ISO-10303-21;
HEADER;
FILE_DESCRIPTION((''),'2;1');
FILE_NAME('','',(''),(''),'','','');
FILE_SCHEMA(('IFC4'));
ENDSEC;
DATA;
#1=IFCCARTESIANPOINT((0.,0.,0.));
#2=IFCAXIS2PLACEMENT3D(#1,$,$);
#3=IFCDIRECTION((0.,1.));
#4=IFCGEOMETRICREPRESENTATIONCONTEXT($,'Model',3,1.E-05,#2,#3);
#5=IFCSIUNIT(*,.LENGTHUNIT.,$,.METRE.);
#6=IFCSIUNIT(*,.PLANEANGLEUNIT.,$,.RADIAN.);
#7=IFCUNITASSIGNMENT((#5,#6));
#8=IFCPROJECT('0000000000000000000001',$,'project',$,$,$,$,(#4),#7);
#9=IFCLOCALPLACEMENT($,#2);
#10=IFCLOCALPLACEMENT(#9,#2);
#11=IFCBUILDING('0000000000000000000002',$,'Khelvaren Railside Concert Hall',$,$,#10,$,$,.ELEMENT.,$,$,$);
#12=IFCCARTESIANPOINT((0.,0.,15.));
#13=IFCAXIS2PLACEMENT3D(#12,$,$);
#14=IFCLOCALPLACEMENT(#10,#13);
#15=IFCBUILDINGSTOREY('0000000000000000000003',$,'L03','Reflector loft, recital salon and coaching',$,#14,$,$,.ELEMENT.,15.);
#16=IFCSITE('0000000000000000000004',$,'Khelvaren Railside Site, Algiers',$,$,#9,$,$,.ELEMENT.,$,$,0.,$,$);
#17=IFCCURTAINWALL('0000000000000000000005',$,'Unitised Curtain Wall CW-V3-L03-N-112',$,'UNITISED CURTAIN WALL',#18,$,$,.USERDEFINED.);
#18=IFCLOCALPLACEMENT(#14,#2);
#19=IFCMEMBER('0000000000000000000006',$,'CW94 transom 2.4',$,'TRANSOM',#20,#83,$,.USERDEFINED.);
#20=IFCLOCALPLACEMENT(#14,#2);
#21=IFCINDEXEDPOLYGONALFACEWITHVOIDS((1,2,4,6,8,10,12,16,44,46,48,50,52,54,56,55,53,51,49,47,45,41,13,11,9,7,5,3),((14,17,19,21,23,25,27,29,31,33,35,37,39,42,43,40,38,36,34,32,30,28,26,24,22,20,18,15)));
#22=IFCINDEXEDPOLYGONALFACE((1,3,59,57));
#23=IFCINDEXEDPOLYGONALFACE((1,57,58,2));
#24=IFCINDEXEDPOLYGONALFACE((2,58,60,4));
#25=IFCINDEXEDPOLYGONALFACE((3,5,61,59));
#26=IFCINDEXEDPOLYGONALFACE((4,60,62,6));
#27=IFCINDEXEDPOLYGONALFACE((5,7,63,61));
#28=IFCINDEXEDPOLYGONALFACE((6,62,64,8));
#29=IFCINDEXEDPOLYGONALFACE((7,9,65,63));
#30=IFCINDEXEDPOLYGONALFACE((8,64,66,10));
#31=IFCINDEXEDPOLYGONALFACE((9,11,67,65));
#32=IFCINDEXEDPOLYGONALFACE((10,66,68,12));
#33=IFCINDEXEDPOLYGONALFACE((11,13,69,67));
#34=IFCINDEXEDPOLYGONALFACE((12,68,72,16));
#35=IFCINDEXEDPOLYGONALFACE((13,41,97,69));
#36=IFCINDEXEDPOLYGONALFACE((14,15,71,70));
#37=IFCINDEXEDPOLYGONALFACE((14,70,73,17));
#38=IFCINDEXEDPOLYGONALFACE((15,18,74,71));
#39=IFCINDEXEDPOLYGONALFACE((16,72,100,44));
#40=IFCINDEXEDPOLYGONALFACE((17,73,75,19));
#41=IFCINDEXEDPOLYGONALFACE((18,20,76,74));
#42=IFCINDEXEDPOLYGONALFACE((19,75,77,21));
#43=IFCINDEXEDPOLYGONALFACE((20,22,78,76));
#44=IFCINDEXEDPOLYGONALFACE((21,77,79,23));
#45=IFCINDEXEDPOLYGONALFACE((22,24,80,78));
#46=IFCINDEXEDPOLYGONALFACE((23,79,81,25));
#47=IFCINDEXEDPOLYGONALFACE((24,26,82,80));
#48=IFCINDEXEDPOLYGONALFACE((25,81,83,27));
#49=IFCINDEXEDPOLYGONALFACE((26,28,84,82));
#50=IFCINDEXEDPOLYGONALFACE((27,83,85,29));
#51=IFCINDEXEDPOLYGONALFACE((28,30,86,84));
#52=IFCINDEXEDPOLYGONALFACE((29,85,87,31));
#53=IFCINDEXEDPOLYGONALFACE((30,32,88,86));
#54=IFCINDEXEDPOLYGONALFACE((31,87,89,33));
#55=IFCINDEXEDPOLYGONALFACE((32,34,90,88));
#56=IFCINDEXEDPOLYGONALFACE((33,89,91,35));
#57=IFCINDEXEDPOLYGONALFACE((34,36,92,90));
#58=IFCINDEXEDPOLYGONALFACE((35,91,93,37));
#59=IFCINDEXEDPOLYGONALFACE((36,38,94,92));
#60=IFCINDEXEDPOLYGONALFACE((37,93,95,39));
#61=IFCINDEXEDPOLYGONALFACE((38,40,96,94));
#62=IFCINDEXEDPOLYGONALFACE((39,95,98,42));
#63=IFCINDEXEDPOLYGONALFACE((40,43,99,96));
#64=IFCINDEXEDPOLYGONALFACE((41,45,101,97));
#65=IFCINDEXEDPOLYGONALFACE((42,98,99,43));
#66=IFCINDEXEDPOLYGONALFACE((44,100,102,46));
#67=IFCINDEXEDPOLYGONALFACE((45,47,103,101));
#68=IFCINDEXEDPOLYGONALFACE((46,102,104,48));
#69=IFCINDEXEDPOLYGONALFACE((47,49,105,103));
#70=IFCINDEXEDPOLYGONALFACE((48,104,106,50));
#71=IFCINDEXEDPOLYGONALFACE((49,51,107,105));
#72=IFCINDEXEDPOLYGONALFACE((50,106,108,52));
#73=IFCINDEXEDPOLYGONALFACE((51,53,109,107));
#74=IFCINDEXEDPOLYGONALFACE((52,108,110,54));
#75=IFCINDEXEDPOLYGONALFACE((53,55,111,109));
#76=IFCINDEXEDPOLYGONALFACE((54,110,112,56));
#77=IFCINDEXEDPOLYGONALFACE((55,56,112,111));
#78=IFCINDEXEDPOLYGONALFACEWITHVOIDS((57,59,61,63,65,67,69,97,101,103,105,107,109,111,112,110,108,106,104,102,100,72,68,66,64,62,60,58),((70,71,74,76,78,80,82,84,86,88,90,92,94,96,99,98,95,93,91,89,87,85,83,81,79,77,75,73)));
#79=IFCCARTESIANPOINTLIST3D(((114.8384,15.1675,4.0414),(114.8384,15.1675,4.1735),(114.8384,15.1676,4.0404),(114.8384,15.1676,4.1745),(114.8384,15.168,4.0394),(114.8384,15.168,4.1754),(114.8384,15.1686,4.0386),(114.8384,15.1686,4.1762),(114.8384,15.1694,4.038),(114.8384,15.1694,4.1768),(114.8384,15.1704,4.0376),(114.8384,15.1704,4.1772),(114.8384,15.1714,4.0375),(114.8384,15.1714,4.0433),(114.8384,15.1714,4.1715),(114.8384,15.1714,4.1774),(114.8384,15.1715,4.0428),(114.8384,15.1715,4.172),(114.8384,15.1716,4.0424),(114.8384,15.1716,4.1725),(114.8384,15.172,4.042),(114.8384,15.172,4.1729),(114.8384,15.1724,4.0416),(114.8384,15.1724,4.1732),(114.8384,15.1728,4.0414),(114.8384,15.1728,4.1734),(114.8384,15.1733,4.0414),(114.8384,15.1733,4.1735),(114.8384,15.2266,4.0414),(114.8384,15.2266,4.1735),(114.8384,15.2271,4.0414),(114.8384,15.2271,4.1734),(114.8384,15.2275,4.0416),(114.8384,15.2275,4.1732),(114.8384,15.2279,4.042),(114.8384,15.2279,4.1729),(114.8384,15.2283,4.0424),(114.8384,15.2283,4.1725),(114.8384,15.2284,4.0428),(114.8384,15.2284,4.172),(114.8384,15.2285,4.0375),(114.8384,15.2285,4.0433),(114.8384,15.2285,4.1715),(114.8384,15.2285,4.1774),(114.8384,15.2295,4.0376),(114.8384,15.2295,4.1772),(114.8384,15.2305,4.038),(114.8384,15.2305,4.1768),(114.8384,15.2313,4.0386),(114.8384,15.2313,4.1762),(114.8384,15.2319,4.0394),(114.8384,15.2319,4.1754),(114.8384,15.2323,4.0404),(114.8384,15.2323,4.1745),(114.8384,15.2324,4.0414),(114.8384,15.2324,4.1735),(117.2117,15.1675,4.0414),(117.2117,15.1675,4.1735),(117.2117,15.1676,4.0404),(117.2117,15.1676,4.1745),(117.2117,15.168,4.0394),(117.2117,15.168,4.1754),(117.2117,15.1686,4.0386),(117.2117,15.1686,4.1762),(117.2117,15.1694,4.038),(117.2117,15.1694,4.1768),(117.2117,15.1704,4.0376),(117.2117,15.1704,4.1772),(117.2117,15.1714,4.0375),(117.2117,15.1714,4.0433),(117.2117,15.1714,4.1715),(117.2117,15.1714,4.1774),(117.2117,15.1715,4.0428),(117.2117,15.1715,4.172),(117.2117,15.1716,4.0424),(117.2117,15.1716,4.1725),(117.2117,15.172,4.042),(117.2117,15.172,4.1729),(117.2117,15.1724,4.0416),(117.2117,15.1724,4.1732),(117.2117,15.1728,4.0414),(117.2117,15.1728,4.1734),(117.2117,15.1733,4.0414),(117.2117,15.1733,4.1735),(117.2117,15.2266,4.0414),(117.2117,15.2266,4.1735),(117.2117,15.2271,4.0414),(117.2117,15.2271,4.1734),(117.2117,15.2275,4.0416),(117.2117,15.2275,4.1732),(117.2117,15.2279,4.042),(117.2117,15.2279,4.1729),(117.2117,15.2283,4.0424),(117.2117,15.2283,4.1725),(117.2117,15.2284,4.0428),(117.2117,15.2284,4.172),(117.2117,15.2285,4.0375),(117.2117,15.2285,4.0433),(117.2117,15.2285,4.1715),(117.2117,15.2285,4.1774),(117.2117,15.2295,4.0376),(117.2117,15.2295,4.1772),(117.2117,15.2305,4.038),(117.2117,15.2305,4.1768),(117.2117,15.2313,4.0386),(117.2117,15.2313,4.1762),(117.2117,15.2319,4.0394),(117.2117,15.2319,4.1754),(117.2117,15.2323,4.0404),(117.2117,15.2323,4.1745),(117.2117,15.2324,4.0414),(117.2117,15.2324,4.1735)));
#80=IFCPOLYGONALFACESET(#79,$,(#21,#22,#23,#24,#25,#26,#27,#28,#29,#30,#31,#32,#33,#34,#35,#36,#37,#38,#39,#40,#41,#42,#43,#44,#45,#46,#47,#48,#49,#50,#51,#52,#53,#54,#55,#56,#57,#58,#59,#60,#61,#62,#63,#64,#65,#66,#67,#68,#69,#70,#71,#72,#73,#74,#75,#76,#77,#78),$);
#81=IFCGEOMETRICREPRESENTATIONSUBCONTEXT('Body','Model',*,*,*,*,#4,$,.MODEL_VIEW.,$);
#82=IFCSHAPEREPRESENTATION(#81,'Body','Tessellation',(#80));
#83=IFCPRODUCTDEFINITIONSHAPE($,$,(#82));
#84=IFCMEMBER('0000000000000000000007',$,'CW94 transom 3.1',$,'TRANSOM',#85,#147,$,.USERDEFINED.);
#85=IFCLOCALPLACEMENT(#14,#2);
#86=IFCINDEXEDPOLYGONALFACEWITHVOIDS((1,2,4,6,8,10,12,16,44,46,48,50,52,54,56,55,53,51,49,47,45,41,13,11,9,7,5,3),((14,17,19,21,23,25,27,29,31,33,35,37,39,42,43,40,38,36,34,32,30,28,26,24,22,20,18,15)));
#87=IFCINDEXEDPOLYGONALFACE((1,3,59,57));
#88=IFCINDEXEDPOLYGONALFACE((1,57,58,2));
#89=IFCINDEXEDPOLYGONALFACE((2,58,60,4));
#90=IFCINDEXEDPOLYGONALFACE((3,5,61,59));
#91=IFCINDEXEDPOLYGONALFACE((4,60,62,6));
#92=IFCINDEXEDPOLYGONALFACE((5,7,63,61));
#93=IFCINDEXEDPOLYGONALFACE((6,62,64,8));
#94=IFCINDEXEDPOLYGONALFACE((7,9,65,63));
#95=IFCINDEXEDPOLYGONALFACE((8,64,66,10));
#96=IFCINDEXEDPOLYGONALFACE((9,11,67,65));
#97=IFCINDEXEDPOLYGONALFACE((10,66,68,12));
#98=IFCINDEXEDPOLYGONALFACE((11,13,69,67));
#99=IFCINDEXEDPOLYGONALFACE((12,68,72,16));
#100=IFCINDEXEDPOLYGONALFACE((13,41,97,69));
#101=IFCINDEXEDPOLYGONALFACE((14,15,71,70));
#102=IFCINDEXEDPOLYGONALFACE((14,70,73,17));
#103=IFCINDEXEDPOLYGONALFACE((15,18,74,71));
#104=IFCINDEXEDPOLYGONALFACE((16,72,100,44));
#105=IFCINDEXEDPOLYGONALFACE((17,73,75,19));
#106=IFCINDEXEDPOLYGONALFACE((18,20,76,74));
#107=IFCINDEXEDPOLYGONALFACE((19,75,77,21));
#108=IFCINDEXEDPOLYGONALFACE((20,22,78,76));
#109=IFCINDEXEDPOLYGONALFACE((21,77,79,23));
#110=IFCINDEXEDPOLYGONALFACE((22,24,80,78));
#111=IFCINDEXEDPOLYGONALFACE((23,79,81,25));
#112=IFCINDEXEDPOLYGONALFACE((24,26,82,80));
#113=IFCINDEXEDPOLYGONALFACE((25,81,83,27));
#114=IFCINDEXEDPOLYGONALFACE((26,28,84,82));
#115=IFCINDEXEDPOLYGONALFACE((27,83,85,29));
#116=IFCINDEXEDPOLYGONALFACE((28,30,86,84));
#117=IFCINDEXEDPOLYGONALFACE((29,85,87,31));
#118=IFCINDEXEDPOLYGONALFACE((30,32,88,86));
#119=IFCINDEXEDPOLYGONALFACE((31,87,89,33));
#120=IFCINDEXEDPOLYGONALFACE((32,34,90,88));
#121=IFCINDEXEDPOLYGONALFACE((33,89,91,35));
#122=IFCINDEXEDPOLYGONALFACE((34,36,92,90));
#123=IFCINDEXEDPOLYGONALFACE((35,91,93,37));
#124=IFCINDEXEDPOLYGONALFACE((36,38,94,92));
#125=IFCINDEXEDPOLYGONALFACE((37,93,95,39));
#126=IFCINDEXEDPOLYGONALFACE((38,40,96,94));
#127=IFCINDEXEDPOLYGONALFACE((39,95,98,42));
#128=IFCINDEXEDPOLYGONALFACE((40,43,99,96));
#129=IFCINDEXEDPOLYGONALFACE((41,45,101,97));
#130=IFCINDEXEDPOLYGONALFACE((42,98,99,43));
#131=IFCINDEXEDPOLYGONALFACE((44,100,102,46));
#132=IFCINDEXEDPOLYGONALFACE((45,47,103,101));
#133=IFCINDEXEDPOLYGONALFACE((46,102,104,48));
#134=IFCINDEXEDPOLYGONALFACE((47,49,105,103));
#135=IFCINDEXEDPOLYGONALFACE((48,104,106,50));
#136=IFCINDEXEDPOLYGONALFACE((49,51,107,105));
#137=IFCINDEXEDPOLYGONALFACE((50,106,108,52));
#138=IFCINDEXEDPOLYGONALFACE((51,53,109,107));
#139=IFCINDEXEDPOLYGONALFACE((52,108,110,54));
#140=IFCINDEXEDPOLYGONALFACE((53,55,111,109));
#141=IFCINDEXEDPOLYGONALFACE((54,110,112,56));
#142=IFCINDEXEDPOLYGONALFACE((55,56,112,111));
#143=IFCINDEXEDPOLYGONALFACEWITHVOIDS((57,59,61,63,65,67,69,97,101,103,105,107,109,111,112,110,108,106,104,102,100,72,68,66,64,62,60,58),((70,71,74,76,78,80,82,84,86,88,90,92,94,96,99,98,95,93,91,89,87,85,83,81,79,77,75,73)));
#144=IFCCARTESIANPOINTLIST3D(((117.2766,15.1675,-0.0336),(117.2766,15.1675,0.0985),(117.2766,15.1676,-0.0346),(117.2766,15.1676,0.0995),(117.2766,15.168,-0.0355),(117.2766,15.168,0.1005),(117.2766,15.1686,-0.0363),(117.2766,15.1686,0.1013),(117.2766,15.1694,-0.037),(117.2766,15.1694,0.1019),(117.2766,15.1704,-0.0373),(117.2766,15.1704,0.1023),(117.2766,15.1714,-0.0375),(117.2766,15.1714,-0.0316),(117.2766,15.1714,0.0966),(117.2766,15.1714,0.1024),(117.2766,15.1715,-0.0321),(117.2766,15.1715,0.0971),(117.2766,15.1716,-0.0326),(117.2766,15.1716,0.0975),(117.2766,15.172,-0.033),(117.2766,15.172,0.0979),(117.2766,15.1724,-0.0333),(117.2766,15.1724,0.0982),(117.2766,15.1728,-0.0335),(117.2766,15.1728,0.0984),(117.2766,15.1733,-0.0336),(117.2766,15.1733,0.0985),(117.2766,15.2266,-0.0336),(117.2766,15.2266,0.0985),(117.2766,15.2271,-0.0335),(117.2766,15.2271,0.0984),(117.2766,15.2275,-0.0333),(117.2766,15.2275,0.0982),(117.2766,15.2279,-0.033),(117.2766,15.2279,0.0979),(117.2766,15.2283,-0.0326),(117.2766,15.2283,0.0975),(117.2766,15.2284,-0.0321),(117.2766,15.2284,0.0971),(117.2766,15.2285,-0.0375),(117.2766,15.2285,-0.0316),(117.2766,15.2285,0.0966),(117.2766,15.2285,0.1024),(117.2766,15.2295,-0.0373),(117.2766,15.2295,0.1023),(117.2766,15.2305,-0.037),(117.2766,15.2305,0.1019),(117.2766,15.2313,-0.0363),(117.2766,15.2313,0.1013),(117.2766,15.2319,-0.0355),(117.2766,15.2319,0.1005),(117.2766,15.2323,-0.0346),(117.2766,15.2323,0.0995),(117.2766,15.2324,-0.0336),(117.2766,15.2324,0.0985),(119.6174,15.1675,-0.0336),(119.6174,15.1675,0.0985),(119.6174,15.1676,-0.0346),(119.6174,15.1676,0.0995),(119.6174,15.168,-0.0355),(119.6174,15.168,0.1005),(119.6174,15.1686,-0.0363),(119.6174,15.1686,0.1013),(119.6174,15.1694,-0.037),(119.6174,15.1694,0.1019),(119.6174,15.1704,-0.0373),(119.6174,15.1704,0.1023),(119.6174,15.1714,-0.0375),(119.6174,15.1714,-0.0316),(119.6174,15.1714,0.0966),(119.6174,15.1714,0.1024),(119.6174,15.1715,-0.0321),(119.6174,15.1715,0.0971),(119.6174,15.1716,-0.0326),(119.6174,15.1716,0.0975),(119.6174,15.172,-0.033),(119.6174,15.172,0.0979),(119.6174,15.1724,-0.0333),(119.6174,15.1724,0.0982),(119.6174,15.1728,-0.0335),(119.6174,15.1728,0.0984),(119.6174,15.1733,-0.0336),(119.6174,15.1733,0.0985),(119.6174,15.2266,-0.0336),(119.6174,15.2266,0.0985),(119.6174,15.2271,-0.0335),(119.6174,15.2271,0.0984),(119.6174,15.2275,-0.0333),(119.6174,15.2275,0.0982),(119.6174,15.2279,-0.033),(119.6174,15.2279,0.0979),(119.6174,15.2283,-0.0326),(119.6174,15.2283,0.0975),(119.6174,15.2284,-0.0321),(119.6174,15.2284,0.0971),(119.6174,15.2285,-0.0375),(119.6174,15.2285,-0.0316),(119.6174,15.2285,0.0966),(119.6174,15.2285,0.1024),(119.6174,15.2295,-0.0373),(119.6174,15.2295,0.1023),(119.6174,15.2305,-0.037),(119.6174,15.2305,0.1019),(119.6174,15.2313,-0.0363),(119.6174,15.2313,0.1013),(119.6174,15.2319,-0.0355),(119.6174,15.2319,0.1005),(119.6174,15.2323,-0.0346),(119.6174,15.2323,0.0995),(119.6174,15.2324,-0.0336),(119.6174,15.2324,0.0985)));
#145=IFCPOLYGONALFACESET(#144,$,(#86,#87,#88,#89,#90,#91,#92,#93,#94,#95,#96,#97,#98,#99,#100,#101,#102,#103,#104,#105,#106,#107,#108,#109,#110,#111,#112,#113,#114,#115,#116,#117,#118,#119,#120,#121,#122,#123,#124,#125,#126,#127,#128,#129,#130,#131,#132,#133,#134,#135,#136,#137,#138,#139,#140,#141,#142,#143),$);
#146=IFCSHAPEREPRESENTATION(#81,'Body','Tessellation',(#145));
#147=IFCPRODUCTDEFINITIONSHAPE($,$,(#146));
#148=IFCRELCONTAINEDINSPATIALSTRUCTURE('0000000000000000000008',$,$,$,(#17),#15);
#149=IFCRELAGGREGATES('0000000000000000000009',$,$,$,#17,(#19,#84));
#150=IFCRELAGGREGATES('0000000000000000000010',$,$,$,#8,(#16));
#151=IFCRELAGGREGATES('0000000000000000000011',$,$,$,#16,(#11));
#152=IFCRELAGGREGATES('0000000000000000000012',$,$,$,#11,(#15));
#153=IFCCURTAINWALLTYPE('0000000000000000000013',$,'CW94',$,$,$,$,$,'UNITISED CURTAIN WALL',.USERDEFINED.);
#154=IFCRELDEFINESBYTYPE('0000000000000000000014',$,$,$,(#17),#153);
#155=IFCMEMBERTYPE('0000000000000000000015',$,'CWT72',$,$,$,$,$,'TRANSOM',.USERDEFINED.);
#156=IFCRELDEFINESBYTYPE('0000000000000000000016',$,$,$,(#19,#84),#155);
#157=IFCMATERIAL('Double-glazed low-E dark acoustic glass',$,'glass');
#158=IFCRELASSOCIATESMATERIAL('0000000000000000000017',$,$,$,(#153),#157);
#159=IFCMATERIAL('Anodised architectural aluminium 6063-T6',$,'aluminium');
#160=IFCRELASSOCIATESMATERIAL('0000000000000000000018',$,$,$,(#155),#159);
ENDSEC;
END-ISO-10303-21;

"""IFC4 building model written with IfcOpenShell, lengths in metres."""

from ifc_helpers import new_model, si_unit, direction, frame, origin, origin_2d, place, context, subcontext, project, spatial, hollow_rectangle, extrude, material, material_profile, profile_set, type_object, element, aggregate, save


model = new_model("IFC4")

# Units and contexts
model_context = context("Model", 3, precision=1e-05, world=origin(), true_north=direction((0.0, 1.0)))
body_context = subcontext(model_context, "Body", "Model", "MODEL_VIEW")
ifc_project = project(units=[si_unit("LENGTHUNIT", "METRE"), si_unit("PLANEANGLEUNIT", "RADIAN")], contexts=[model_context])

# Site, building, storey
site_placement = place(None, origin())
site = spatial("IfcSite", under=ifc_project, at=site_placement, Name="Khelvaren Railside Site, Algiers", CompositionType="ELEMENT", RefElevation=0.0)
building_placement = place(site_placement, origin())
building = spatial("IfcBuilding", under=site, at=building_placement, Name="Khelvaren Railside Concert Hall", CompositionType="ELEMENT")
storey_placement = place(building_placement, frame((0.0, 0.0, 15.0)))
storey = spatial("IfcBuildingStorey", under=building, at=storey_placement, Name="L03", Description="Reflector loft, recital salon and coaching", CompositionType="ELEMENT", Elevation=15.0)

# Curtain wall
ifc_material_1 = material(Name="Double-glazed low-E dark acoustic glass", Category="glass")
ifc_material_2 = material(Name="Anodised architectural aluminium 6063-T6", Category="aluminium")
curtain_wall_type_1 = type_object("IfcCurtainWallType", Name="CW94", ElementType="UNITISED CURTAIN WALL", PredefinedType="USERDEFINED", material=ifc_material_1)
curtain_wall_1_placement = place(storey_placement, origin())
curtain_wall_1 = element("IfcCurtainWall", 1, at=curtain_wall_1_placement, inside=storey, type_object=curtain_wall_type_1, Name="Unitised Curtain Wall CW-V3-L03-N-112", ObjectType="UNITISED CURTAIN WALL", PredefinedType="USERDEFINED")

# Members
ifc_material_profile_1 = material_profile(ifc_material_2, hollow_rectangle(XDim=0.0649, YDim=0.1399, WallThickness=0.0039, InnerFilletRadius=0.002, OuterFilletRadius=0.0039, at=origin_2d()), Name="CWT 65x140x4")
ifc_profile_set_1 = profile_set([ifc_material_profile_1], Name="Anodised architectural aluminium 6063-T6")
member_type_1 = type_object("IfcMemberType", Name="CWT72", ElementType="TRANSOM", PredefinedType="USERDEFINED", material=ifc_profile_set_1)
member_1_placement = place(storey_placement, frame((114.8384, 15.2, 4.1074), z_axis=(1.0, 0.0, 0.0), x_axis=(0.0, 1.0, 0.0)))
member_1 = element("IfcMember", 2, at=member_1_placement, type_object=member_type_1, Name="CW94 transom 2.4", ObjectType="TRANSOM", PredefinedType="USERDEFINED", context=body_context, shape_type="SweptSolid", body=[
    extrude(hollow_rectangle(XDim=0.0649, YDim=0.1399, WallThickness=0.0039, InnerFilletRadius=0.002, OuterFilletRadius=0.0039, at=origin_2d()), origin(), (0.0, 0.0, 1.0), 2.3733),
])
member_2_placement = place(storey_placement, frame((117.2766, 15.2, 0.0325), z_axis=(1.0, 0.0, 0.0), x_axis=(0.0, 1.0, 0.0)))
member_2 = element("IfcMember", 3, at=member_2_placement, type_object=member_type_1, Name="CW94 transom 3.1", ObjectType="TRANSOM", PredefinedType="USERDEFINED", context=body_context, shape_type="SweptSolid", body=[
    extrude(hollow_rectangle(XDim=0.0649, YDim=0.1399, WallThickness=0.0039, InnerFilletRadius=0.002, OuterFilletRadius=0.0039, at=origin_2d()), origin(), (0.0, 0.0, 1.0), 2.3408),
])

aggregate(curtain_wall_1, [member_1, member_2])

save(model, "model.ifc")
